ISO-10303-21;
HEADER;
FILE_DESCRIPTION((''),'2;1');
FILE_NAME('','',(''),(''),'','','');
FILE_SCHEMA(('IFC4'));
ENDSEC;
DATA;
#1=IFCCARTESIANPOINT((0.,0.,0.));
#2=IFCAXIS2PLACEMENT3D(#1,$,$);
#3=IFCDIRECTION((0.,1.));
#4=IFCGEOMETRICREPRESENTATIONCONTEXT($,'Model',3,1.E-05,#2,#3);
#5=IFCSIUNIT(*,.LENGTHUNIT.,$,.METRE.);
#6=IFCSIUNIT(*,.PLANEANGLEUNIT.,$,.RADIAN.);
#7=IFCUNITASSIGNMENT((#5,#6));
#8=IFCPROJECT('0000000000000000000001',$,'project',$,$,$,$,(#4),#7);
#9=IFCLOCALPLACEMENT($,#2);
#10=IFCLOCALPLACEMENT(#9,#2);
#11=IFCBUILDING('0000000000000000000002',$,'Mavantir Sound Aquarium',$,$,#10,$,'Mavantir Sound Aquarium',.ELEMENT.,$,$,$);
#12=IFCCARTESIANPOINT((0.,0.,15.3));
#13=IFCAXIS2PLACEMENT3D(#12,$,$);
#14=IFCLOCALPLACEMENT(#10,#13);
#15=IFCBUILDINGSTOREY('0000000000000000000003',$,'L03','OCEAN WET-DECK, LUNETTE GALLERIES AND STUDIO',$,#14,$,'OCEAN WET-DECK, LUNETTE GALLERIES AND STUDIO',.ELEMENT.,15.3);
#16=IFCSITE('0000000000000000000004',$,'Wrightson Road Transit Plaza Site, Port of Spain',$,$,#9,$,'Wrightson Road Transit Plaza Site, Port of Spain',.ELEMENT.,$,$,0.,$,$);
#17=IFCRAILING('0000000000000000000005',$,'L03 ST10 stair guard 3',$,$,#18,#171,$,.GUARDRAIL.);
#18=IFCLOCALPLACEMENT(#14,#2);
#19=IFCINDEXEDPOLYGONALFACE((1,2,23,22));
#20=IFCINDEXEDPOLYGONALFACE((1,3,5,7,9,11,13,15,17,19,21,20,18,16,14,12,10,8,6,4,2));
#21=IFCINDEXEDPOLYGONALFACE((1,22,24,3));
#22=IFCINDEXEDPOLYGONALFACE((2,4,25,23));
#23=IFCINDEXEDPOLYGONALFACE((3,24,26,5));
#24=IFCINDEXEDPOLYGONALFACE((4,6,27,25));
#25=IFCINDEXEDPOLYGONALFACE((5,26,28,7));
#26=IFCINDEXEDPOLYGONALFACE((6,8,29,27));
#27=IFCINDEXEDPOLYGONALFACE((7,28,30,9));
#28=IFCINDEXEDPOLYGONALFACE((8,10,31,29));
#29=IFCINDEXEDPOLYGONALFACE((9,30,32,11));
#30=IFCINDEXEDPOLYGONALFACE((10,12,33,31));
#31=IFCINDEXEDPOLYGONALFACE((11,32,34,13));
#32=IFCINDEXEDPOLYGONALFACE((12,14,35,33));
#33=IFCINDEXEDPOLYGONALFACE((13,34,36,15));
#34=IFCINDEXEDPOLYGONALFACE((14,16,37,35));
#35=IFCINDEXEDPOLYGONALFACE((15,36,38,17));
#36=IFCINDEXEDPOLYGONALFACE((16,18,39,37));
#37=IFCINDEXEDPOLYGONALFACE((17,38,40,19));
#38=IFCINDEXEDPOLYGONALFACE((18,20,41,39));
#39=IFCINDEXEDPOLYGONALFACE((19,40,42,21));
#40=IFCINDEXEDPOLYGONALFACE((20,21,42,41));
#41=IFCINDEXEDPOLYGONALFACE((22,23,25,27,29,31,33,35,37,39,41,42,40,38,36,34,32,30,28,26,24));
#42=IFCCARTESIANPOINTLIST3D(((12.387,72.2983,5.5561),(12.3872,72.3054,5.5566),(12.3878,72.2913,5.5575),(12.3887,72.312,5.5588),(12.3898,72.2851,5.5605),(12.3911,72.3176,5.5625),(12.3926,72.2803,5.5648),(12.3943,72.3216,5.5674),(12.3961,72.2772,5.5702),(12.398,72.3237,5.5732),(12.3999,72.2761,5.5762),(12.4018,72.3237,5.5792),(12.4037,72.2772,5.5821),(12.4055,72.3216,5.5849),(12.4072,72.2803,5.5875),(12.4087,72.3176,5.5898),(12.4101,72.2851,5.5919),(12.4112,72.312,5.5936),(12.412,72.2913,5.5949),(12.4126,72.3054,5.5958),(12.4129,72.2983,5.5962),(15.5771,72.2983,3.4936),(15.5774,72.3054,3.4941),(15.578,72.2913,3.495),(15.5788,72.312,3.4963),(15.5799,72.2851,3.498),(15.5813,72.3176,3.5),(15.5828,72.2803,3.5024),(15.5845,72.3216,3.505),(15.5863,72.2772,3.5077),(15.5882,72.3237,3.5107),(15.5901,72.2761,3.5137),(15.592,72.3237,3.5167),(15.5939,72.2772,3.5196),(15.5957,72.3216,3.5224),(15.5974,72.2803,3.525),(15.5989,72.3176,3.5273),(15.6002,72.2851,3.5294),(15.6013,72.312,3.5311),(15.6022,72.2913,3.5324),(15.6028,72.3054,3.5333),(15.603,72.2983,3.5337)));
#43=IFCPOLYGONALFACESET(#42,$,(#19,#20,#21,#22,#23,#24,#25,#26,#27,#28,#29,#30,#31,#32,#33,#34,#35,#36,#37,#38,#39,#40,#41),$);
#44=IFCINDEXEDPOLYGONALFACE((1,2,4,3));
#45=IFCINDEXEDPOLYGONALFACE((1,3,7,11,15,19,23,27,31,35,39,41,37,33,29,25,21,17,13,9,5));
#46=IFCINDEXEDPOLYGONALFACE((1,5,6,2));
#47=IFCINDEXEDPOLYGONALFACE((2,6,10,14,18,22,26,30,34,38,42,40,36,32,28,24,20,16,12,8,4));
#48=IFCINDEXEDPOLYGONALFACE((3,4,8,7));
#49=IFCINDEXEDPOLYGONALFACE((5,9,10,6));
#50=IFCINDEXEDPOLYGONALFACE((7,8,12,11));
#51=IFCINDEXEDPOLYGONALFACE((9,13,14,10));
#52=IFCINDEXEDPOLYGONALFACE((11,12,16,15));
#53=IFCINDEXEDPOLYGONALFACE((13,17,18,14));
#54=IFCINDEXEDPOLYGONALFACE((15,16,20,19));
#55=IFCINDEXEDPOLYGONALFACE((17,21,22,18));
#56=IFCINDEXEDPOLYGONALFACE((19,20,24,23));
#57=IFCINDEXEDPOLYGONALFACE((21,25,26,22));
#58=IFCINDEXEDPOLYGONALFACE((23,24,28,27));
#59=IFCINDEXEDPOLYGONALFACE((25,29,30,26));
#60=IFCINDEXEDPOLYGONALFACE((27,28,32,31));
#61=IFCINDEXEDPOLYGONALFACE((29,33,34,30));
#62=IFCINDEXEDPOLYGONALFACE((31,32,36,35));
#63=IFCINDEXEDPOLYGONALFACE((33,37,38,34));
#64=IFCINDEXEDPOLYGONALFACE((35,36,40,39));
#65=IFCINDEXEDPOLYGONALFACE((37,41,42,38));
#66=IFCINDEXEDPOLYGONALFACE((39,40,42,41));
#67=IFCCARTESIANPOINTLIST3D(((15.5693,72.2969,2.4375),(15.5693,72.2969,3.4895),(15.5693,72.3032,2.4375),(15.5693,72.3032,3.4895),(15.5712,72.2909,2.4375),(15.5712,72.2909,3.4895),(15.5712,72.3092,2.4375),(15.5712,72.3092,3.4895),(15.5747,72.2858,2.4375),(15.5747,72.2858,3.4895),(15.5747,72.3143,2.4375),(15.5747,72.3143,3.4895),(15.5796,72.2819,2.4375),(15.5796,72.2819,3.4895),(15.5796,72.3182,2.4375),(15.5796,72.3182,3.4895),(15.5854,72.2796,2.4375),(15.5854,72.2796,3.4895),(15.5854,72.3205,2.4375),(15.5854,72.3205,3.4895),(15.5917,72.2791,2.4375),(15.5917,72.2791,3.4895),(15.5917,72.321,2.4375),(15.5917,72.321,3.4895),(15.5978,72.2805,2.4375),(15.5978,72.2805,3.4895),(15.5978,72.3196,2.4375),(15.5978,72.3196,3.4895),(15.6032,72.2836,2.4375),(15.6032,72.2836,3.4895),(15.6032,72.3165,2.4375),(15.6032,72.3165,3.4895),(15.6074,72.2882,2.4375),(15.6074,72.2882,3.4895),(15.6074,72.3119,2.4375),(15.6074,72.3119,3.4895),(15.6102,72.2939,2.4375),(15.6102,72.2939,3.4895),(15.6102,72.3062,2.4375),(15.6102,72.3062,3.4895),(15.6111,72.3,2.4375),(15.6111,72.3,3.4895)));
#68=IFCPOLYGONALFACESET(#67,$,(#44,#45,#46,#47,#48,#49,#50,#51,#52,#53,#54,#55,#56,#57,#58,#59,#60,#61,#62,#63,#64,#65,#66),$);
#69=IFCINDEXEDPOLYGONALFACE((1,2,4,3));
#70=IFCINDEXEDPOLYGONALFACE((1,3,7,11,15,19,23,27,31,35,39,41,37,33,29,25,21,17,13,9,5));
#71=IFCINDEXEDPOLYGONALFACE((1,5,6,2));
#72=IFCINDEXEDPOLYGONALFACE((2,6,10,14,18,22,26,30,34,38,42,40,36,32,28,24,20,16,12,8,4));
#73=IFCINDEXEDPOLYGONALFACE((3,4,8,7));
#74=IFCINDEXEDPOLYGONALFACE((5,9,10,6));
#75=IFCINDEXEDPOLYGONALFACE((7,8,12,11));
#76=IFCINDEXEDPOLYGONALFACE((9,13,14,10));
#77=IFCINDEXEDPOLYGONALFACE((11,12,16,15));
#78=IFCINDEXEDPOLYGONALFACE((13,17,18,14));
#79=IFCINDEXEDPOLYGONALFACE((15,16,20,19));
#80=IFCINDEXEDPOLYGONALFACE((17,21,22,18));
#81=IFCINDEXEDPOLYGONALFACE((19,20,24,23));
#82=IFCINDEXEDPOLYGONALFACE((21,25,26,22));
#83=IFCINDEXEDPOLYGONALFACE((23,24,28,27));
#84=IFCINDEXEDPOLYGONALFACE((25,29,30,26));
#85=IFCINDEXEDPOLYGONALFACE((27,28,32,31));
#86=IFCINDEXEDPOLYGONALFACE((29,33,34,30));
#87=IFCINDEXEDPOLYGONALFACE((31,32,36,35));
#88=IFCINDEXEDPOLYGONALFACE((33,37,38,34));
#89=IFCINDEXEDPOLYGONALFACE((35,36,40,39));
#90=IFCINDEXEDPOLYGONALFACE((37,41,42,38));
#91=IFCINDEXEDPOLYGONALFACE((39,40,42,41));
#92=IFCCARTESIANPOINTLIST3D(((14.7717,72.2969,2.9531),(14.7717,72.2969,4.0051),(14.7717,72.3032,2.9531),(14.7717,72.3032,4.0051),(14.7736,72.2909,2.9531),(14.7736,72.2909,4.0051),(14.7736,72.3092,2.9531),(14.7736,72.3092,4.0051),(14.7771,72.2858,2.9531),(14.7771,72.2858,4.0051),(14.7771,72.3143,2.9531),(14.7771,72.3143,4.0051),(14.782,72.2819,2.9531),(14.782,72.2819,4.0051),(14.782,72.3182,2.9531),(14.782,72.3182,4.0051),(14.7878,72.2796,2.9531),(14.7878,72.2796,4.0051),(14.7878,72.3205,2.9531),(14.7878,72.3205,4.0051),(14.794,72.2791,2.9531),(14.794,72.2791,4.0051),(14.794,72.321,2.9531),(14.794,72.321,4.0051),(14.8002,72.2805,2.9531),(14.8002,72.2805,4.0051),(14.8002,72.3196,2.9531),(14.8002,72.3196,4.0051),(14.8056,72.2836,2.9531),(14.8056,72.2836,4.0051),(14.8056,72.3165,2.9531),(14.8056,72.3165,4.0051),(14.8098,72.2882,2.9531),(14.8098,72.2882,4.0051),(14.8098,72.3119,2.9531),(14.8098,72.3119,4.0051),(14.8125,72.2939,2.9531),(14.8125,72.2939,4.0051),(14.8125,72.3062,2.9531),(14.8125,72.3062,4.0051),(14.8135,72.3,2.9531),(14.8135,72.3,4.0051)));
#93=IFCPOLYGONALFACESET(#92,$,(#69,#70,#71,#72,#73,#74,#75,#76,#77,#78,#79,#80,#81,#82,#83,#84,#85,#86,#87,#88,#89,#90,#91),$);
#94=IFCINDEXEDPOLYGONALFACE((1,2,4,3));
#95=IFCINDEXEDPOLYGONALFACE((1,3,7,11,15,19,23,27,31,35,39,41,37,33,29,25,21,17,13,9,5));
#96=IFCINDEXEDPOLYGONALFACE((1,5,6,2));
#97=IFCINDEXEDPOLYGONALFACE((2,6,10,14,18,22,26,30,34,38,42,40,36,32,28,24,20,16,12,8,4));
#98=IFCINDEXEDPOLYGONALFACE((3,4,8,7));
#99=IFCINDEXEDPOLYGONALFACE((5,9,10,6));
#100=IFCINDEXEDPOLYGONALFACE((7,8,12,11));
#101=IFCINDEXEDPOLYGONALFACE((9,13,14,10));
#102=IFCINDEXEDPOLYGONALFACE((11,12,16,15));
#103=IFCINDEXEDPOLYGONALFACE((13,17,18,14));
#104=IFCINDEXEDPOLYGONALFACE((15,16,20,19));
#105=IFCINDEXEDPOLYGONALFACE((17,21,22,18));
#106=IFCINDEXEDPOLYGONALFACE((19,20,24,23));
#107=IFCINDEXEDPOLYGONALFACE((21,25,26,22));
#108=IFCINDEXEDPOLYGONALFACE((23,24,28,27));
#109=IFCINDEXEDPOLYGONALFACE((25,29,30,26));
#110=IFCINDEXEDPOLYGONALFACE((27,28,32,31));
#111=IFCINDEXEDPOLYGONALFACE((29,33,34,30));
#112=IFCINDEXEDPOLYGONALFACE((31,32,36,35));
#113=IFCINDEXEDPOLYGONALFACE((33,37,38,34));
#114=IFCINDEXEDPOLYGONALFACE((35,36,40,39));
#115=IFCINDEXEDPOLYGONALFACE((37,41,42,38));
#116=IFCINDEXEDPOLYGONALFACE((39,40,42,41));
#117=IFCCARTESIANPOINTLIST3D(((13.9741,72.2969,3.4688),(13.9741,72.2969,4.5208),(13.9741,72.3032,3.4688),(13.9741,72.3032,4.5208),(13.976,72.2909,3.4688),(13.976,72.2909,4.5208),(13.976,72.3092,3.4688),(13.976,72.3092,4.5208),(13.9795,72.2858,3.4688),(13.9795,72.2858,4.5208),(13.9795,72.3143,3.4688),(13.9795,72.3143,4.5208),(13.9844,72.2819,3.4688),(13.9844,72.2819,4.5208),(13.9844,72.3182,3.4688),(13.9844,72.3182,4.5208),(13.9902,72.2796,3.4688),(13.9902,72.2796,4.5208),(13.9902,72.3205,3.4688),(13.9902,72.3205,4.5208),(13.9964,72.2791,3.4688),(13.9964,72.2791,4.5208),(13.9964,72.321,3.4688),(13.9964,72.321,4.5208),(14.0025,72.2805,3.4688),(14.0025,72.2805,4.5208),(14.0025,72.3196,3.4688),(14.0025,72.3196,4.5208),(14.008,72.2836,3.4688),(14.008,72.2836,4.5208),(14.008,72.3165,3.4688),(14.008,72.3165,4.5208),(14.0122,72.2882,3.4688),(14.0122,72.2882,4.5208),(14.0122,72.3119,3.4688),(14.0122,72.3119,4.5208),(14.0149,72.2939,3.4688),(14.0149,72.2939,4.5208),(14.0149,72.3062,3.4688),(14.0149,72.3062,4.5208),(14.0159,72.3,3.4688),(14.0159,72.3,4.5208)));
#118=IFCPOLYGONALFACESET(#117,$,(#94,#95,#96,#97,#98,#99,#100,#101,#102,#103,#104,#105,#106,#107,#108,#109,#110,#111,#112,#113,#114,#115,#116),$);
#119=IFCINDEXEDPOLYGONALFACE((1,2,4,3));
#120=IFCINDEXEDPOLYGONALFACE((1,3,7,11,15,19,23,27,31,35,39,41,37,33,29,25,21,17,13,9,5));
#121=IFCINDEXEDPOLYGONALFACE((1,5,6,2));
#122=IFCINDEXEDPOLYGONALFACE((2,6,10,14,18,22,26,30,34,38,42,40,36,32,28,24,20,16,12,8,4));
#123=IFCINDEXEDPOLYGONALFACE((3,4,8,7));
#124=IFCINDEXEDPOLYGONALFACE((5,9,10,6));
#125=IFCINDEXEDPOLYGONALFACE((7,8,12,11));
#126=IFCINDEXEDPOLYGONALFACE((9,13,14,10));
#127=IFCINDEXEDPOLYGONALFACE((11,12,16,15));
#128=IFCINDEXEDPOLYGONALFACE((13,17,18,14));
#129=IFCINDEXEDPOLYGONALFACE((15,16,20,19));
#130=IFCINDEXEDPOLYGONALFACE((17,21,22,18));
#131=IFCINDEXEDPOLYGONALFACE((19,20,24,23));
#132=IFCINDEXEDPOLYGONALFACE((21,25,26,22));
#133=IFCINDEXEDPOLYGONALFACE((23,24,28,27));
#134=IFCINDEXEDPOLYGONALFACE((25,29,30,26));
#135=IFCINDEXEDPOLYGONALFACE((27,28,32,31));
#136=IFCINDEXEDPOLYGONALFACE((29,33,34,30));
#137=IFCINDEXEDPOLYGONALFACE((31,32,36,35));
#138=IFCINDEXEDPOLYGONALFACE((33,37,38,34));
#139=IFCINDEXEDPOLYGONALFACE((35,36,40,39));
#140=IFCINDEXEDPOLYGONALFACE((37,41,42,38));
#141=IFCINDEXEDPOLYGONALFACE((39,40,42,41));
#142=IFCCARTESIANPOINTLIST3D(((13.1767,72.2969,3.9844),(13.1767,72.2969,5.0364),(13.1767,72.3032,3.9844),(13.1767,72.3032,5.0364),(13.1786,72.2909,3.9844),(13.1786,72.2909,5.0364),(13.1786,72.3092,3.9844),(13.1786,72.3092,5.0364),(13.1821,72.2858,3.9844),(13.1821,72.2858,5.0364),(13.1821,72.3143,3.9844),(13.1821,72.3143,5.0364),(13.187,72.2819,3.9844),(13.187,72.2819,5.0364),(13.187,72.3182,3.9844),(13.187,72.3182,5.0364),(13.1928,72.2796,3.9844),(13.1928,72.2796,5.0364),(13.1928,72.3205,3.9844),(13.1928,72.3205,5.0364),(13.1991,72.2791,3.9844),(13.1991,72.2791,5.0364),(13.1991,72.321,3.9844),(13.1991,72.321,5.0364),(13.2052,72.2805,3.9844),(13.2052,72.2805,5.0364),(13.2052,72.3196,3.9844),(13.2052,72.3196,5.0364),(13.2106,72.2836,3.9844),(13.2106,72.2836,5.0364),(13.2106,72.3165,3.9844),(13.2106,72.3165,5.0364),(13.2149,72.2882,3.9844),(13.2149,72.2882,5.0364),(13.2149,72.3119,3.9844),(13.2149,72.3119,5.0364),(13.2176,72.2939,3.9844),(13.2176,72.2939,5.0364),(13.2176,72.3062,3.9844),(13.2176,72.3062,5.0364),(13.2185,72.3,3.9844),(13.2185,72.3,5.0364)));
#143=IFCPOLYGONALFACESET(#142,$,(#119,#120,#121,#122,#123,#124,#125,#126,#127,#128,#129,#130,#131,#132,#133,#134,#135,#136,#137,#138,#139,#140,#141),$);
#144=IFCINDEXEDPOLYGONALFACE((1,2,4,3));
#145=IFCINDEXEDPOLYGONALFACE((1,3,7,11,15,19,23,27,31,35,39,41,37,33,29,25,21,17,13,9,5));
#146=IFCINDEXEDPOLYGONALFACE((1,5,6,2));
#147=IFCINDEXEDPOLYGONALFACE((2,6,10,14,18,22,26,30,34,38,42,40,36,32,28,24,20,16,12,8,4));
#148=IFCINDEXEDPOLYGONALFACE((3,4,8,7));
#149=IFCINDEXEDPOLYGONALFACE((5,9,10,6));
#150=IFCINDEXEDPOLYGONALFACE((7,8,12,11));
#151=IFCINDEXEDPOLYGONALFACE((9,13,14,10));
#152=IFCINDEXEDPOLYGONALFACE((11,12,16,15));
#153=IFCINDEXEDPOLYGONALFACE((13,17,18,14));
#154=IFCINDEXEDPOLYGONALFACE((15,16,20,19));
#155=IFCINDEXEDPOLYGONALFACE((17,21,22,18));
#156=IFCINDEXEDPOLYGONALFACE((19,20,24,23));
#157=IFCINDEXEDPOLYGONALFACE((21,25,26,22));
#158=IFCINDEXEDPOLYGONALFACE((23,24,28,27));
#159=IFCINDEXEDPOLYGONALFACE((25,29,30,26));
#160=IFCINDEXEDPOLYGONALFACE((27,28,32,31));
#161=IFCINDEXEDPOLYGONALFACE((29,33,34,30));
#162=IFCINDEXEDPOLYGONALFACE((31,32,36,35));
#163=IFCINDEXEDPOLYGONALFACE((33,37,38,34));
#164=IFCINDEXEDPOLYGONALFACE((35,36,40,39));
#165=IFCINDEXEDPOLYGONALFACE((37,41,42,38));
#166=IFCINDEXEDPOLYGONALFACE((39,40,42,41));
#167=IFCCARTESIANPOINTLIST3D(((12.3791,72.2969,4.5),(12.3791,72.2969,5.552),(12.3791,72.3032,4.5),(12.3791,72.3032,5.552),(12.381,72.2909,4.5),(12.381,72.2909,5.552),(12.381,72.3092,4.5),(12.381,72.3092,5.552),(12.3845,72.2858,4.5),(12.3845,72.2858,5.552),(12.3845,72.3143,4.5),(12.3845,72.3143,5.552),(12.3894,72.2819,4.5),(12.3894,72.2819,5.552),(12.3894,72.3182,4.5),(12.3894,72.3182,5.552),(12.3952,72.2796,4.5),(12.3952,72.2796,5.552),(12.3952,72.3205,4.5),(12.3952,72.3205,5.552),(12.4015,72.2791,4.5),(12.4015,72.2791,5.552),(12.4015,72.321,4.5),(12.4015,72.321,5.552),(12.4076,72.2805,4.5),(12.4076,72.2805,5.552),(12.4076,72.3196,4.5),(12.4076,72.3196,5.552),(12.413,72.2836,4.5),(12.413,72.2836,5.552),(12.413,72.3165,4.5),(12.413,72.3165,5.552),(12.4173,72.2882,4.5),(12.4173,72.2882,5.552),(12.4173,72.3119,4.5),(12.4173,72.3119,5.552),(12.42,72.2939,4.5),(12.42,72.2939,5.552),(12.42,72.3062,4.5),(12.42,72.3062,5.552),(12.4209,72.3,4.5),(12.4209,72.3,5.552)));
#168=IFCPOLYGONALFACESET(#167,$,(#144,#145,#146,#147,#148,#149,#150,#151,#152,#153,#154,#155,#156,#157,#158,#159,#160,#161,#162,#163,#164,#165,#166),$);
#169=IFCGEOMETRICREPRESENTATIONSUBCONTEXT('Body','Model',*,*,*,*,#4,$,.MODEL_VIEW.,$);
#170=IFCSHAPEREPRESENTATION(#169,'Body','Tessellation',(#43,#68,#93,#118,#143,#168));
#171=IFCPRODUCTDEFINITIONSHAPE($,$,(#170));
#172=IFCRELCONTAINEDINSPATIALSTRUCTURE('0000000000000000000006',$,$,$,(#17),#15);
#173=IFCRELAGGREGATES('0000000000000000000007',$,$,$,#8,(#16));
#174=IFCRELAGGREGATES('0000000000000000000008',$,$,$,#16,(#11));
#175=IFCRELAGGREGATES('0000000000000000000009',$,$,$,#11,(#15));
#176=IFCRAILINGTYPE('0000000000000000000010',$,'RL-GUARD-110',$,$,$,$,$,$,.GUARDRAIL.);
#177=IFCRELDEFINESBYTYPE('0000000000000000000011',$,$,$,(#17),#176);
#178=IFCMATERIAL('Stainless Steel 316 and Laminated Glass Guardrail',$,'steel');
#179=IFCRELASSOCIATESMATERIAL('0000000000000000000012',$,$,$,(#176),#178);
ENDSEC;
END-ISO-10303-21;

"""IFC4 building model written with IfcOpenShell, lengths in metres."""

from ifc_helpers import new_model, si_unit, direction, frame, origin, origin_2d, place, context, subcontext, project, spatial, circle, extrude, material, type_object, element, save


model = new_model("IFC4")

# Units and contexts
model_context = context("Model", 3, precision=1e-05, world=origin(), true_north=direction((0.0, 1.0)))
body_context = subcontext(model_context, "Body", "Model", "MODEL_VIEW")
ifc_project = project(units=[si_unit("LENGTHUNIT", "METRE"), si_unit("PLANEANGLEUNIT", "RADIAN")], contexts=[model_context])

# Site, building, storey
site_placement = place(None, origin())
site = spatial("IfcSite", under=ifc_project, at=site_placement, Name="Wrightson Road Transit Plaza Site, Port of Spain", LongName="Wrightson Road Transit Plaza Site, Port of Spain", CompositionType="ELEMENT", RefElevation=0.0)
building_placement = place(site_placement, origin())
building = spatial("IfcBuilding", under=site, at=building_placement, Name="Mavantir Sound Aquarium", LongName="Mavantir Sound Aquarium", CompositionType="ELEMENT")
storey_placement = place(building_placement, frame((0.0, 0.0, 15.3)))
storey = spatial("IfcBuildingStorey", under=building, at=storey_placement, Name="L03", Description="OCEAN WET-DECK, LUNETTE GALLERIES AND STUDIO", LongName="OCEAN WET-DECK, LUNETTE GALLERIES AND STUDIO", CompositionType="ELEMENT", Elevation=15.3)

# Railing
ifc_material_1 = material(Name="Stainless Steel 316 and Laminated Glass Guardrail", Category="steel")
railing_type_1 = type_object("IfcRailingType", Name="RL-GUARD-110", PredefinedType="GUARDRAIL", material=ifc_material_1)
railing_1_placement = place(storey_placement, frame((15.5901, 72.3, 2.4375)))
element("IfcRailing", 1, at=railing_1_placement, inside=storey, type_object=railing_type_1, Name="L03 ST10 stair guard 3", PredefinedType="GUARDRAIL", context=body_context, shape_type="SweptSolid", body=[
    extrude(circle(Radius=0.0239, at=origin_2d()), frame((0.0, 0.0, 1.0762), z_axis=(-0.839779, 0.0, 0.542929), x_axis=(0.0, -1.0, 0.0)), (0.0, 0.0, 1.0), 3.7988),
    extrude(circle(Radius=0.021, at=origin_2d()), origin(), (0.0, 0.0, 1.0), 1.052),
    extrude(circle(Radius=0.021, at=origin_2d()), frame((-0.7976, 0.0, 0.5156)), (0.0, 0.0, 1.0), 1.052),
    extrude(circle(Radius=0.021, at=origin_2d()), frame((-1.5952, 0.0, 1.0312)), (0.0, 0.0, 1.0), 1.052),
    extrude(circle(Radius=0.021, at=origin_2d()), frame((-2.3926, 0.0, 1.5469)), (0.0, 0.0, 1.0), 1.052),
    extrude(circle(Radius=0.021, at=origin_2d()), frame((-3.1902, 0.0, 2.0625)), (0.0, 0.0, 1.0), 1.052),
])

save(model, "model.ifc")
